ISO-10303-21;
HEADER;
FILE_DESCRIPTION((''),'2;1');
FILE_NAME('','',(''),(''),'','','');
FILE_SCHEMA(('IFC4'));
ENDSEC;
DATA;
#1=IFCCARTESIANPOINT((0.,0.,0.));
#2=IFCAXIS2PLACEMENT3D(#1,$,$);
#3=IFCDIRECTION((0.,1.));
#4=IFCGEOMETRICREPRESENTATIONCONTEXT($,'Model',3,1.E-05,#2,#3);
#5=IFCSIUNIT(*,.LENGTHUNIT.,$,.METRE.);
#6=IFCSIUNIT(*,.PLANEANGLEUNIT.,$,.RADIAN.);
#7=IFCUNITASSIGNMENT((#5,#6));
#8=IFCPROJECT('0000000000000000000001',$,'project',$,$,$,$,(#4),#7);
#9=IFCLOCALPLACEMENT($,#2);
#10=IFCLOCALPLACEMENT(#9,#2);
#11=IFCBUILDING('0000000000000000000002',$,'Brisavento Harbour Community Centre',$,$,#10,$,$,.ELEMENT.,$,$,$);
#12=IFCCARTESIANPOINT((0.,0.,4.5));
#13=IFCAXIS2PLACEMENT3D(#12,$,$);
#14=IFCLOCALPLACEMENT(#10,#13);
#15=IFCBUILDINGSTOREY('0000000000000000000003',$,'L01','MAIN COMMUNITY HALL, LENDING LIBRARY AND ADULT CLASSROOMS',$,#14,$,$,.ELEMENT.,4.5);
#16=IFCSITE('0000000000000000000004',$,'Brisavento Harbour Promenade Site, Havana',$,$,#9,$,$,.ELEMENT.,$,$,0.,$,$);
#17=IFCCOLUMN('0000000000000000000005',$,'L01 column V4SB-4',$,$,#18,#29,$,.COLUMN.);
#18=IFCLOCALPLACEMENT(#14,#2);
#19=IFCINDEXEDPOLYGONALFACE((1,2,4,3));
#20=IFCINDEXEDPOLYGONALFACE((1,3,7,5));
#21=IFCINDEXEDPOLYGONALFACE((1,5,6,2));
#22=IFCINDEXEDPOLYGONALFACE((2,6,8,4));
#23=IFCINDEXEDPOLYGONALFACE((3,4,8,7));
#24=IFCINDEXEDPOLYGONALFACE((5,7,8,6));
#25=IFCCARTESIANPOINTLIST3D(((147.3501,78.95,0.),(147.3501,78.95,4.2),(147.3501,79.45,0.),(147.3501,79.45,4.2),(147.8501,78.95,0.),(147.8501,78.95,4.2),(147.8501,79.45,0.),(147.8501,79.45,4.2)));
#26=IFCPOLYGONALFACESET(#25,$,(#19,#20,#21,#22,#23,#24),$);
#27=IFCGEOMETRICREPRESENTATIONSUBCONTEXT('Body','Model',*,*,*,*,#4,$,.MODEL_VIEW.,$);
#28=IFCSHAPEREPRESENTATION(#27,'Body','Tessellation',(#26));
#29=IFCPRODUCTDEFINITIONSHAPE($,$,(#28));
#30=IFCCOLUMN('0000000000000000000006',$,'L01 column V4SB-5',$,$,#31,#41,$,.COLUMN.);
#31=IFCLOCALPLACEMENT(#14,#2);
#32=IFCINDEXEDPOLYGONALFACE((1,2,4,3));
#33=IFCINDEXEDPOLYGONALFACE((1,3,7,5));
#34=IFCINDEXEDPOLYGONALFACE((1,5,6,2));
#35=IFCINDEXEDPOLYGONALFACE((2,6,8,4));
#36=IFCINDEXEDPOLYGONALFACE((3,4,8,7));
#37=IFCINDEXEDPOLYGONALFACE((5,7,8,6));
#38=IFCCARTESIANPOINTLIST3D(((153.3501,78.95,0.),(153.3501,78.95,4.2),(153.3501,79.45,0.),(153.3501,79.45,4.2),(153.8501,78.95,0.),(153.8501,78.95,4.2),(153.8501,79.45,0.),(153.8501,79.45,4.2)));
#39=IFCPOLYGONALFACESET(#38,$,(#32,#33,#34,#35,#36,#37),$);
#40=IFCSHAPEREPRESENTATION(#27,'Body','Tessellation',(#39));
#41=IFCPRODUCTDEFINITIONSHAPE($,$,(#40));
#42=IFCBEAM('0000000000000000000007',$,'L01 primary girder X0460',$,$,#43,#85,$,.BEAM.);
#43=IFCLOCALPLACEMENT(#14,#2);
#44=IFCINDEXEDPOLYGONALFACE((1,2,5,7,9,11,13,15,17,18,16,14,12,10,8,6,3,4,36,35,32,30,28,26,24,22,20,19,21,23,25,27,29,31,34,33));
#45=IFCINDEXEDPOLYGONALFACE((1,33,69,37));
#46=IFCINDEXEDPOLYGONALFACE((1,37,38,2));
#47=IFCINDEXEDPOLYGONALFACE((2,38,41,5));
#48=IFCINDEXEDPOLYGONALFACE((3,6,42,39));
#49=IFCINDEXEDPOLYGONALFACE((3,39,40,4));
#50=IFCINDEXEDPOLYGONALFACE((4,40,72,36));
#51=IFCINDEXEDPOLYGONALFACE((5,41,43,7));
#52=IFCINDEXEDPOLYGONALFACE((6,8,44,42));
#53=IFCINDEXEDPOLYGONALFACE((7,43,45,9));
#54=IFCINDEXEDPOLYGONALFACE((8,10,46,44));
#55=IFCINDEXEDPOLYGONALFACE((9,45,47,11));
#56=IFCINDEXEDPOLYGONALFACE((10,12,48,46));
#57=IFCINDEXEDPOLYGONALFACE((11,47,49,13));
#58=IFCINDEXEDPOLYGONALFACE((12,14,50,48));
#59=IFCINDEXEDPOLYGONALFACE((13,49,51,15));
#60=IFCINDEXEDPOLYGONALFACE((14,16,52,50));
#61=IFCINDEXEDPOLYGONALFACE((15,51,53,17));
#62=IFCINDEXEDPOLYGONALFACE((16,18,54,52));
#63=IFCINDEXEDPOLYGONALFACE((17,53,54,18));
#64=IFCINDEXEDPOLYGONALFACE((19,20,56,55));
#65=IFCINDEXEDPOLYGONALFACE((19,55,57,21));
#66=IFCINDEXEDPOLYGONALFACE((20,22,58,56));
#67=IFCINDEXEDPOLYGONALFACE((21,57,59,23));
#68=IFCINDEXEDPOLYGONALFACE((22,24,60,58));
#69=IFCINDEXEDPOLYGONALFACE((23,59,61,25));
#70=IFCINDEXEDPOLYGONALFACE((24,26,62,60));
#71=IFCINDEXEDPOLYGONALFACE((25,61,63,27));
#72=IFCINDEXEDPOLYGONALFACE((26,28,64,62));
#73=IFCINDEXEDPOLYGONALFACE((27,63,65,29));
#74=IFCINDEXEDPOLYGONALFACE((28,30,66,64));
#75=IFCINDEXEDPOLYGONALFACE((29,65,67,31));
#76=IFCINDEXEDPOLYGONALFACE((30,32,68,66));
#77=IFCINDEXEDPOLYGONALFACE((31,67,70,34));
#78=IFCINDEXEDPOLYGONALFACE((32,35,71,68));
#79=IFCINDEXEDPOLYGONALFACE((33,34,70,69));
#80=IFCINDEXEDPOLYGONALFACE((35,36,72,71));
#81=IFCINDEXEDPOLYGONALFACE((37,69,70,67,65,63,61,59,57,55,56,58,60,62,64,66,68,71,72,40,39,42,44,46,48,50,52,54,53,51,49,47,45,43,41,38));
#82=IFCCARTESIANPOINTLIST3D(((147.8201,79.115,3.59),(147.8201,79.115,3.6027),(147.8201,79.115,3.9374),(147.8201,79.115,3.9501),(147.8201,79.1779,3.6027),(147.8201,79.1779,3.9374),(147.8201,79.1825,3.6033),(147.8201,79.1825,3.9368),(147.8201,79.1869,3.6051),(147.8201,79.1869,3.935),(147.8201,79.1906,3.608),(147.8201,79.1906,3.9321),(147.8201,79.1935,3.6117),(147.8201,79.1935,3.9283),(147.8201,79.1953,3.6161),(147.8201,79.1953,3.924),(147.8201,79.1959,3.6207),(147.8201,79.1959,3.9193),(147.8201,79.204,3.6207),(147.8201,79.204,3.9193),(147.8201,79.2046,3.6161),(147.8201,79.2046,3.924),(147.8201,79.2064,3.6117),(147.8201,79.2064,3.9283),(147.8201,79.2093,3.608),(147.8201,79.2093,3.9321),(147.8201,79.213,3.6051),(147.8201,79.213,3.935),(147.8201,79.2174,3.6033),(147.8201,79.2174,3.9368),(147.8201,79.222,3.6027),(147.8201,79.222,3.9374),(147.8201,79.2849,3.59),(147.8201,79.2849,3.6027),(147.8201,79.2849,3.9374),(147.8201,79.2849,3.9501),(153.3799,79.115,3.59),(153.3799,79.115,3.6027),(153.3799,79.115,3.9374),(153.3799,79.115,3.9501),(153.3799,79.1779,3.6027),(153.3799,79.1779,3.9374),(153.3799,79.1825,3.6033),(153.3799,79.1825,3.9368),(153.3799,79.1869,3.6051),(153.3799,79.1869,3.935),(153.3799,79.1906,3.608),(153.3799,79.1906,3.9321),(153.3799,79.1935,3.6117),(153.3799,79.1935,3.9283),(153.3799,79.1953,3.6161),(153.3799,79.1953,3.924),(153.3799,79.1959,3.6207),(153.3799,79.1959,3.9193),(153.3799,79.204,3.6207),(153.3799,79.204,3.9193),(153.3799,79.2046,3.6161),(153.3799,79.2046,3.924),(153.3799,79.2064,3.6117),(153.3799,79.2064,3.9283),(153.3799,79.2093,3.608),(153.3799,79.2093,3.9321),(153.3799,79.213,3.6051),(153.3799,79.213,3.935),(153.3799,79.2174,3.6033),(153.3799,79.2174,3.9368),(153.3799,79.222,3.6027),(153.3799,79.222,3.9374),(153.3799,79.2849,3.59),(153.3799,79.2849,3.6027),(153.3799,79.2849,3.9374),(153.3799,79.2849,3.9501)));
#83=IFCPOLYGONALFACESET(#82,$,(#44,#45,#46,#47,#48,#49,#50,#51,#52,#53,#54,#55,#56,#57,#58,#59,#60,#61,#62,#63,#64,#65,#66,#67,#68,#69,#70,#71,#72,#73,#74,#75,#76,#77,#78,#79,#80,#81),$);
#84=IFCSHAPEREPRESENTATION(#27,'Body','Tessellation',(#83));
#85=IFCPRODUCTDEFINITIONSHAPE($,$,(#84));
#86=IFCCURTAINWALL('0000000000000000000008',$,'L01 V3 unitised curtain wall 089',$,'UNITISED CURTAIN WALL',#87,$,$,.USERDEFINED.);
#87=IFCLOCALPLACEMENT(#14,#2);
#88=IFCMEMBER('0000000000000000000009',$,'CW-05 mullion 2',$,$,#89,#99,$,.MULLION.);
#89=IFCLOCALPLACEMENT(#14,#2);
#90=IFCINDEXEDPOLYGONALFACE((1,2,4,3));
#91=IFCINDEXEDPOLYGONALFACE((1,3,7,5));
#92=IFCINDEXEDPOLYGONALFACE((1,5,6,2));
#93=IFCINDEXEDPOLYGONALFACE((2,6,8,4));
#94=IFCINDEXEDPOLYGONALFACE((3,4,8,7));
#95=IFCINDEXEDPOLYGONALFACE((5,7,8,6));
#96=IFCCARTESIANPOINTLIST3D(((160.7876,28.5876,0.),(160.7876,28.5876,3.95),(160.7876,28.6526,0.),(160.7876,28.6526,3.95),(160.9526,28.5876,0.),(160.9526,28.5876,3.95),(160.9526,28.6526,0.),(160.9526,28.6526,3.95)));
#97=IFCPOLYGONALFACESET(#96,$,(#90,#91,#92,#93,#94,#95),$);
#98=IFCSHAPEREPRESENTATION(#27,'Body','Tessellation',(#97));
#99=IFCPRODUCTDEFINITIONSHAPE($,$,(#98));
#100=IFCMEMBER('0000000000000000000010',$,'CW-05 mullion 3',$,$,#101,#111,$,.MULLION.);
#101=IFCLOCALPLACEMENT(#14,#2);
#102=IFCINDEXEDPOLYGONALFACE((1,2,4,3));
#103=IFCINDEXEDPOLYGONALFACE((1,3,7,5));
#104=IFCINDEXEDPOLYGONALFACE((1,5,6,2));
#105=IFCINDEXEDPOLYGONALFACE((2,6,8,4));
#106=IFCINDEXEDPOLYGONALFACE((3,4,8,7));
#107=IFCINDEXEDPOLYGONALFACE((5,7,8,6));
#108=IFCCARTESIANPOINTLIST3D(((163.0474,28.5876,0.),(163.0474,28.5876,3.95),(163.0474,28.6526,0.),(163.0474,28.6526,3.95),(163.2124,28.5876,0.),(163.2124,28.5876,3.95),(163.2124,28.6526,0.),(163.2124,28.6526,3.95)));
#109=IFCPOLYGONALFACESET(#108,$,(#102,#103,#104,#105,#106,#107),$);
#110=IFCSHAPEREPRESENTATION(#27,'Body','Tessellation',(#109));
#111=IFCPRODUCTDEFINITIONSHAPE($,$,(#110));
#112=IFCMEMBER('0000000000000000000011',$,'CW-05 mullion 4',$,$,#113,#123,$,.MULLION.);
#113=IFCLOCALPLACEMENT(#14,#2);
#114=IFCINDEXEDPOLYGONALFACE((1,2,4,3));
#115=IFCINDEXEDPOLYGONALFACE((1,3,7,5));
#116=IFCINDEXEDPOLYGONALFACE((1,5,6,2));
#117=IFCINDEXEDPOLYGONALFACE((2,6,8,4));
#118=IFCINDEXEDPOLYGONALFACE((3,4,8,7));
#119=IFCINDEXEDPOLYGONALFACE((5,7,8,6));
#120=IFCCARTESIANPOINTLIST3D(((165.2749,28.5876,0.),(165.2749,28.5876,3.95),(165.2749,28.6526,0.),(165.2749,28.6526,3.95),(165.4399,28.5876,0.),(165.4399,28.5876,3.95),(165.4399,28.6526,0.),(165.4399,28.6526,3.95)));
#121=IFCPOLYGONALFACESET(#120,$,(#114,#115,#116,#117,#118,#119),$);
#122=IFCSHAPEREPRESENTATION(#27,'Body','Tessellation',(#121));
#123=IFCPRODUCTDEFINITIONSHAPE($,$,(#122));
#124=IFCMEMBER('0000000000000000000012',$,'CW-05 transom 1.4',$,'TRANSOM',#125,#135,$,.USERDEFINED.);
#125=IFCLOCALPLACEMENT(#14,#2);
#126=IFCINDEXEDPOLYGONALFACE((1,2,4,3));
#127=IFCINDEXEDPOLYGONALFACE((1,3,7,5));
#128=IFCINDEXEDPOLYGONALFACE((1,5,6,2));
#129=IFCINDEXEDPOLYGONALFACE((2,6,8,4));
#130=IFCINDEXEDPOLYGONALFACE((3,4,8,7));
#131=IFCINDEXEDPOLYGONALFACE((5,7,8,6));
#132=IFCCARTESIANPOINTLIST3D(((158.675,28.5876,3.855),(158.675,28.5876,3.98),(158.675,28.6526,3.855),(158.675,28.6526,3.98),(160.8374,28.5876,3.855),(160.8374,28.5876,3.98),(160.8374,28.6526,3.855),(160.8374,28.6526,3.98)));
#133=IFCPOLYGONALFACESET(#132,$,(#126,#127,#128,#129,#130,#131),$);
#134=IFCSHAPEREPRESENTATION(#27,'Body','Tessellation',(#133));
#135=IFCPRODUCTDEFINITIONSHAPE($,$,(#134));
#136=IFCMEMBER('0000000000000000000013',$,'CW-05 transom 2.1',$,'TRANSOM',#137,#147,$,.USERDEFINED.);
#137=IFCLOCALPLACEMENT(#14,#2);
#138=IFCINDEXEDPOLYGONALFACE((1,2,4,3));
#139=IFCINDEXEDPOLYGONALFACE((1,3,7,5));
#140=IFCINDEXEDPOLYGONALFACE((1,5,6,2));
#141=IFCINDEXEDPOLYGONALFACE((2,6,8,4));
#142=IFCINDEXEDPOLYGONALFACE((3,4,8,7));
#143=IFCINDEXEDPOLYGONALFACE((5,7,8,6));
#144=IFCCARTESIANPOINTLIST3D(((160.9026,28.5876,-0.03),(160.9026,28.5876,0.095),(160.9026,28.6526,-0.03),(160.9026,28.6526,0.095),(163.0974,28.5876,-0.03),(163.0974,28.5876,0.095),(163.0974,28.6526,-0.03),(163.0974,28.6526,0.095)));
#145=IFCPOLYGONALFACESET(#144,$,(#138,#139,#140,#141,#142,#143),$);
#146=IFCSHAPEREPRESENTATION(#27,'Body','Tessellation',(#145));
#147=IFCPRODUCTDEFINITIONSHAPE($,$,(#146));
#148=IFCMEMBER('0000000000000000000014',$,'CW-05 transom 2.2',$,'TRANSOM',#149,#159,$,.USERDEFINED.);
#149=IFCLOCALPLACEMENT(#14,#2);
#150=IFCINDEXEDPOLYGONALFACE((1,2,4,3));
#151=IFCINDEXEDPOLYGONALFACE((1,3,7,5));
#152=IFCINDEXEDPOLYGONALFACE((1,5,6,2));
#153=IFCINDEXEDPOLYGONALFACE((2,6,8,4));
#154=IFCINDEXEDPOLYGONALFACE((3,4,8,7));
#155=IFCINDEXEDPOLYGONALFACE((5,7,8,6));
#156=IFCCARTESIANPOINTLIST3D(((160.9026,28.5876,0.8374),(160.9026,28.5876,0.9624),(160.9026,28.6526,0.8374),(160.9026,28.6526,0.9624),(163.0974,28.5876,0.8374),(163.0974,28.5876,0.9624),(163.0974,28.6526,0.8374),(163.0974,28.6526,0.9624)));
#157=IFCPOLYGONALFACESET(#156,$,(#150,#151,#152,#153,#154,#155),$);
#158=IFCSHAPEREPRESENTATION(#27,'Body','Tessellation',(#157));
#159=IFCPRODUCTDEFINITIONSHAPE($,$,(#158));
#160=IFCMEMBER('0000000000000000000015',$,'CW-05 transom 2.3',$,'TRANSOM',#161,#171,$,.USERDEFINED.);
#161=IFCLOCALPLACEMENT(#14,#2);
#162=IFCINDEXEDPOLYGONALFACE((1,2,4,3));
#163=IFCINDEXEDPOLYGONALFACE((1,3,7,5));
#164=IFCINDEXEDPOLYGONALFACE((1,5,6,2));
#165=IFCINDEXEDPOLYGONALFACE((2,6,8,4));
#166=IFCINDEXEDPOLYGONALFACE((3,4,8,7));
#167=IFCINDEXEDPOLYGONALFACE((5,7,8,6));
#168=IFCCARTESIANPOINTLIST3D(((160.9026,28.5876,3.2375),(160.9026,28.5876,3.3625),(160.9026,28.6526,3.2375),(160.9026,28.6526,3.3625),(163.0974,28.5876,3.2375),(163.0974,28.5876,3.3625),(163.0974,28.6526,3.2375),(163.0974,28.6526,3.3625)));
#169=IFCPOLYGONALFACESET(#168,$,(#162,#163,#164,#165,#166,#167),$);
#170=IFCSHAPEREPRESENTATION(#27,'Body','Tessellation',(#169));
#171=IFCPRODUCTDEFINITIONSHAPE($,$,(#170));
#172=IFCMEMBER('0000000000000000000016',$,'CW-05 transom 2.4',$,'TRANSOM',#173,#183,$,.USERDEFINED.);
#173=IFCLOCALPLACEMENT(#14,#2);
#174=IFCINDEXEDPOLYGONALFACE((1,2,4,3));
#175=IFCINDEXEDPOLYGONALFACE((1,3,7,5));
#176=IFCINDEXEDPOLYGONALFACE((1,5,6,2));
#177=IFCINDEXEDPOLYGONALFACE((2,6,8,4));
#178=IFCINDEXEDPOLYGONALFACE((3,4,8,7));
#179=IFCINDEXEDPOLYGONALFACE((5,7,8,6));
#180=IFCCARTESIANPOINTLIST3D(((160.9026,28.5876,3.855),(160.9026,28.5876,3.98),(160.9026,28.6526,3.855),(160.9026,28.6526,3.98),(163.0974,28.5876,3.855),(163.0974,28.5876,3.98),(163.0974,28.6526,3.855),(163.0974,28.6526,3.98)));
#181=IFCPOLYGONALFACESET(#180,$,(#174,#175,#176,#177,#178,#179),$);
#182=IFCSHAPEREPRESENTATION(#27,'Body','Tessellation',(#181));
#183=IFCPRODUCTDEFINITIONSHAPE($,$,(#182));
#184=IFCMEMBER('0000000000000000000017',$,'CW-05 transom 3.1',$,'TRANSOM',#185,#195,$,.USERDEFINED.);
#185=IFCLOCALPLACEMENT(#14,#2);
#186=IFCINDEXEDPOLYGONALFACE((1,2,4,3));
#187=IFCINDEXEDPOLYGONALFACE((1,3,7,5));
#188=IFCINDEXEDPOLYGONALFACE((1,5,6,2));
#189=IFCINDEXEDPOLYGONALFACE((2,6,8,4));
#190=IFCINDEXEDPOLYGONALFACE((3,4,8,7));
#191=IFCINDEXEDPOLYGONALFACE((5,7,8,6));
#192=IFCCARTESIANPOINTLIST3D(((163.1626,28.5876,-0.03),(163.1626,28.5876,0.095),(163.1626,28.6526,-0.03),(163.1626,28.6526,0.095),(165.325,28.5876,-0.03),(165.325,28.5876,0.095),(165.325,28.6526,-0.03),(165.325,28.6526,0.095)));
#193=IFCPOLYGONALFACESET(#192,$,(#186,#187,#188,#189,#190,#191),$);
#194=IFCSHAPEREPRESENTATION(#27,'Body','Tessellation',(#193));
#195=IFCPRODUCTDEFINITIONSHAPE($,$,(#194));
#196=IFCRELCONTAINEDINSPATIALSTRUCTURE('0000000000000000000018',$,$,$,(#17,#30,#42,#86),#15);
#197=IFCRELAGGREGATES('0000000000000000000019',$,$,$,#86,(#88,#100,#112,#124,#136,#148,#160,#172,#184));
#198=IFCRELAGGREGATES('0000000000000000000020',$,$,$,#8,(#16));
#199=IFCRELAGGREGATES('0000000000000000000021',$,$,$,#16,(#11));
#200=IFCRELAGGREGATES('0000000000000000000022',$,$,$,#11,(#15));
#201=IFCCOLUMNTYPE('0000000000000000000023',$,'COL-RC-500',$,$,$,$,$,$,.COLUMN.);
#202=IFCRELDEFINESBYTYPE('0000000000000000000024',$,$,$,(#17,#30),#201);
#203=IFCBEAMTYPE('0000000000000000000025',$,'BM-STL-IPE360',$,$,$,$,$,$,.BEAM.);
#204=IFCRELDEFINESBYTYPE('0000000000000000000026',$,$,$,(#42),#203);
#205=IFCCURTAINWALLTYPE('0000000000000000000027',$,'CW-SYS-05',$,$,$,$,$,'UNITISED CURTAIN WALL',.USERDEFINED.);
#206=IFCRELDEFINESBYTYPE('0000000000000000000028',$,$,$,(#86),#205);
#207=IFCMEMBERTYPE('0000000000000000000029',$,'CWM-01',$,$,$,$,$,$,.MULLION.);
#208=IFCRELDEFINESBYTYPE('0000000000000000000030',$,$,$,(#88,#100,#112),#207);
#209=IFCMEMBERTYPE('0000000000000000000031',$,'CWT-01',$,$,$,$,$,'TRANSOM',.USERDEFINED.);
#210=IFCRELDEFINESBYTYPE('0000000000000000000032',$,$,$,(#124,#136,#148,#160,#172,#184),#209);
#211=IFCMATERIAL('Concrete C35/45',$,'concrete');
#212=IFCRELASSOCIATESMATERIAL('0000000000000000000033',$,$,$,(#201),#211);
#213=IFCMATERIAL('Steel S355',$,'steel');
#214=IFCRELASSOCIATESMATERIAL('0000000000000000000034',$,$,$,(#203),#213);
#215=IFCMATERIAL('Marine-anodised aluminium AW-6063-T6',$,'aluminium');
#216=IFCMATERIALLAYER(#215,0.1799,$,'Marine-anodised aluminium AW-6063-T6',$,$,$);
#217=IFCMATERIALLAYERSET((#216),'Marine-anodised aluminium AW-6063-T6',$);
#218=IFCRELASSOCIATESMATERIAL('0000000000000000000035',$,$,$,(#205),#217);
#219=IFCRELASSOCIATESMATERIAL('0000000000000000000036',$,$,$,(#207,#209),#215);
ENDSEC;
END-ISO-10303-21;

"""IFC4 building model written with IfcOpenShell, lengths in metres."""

from ifc_helpers import new_model, si_unit, direction, frame, origin, origin_2d, place, context, subcontext, project, spatial, rectangle, i_section, extrude, material, layer, layer_set, material_profile, profile_set, type_object, element, aggregate, save


model = new_model("IFC4")

# Units and contexts
model_context = context("Model", 3, precision=1e-05, world=origin(), true_north=direction((0.0, 1.0)))
body_context = subcontext(model_context, "Body", "Model", "MODEL_VIEW")
ifc_project = project(units=[si_unit("LENGTHUNIT", "METRE"), si_unit("PLANEANGLEUNIT", "RADIAN")], contexts=[model_context])

# Site, building, storey
site_placement = place(None, origin())
site = spatial("IfcSite", under=ifc_project, at=site_placement, Name="Brisavento Harbour Promenade Site, Havana", CompositionType="ELEMENT", RefElevation=0.0)
building_placement = place(site_placement, origin())
building = spatial("IfcBuilding", under=site, at=building_placement, Name="Brisavento Harbour Community Centre", CompositionType="ELEMENT")
storey_placement = place(building_placement, frame((0.0, 0.0, 4.5)))
storey = spatial("IfcBuildingStorey", under=building, at=storey_placement, Name="L01", Description="MAIN COMMUNITY HALL, LENDING LIBRARY AND ADULT CLASSROOMS", CompositionType="ELEMENT", Elevation=4.5)

# Columns
ifc_material_1 = material(Name="Concrete C35/45", Category="concrete")
ifc_material_profile_1 = material_profile(ifc_material_1, rectangle(XDim=0.5, YDim=0.5, at=origin_2d()), Name="Concrete C35/45")
ifc_profile_set_1 = profile_set([ifc_material_profile_1], Name="Concrete C35/45")
column_type = type_object("IfcColumnType", Name="COL-RC-500", PredefinedType="COLUMN", material=ifc_profile_set_1)
for number, where, z_axis, x_axis, name in (
    (1, (147.6001, 79.2, 0.0), (0.0, 0.0, 1.0), (1.0, 0.0, 0.0), "L01 column V4SB-4"),
    (2, (153.6001, 79.2, 0.0), (0.0, 0.0, 1.0), (1.0, 0.0, 0.0), "L01 column V4SB-5"),
):
    element("IfcColumn", number, at=place(storey_placement, frame(where, z_axis=z_axis, x_axis=x_axis)), inside=storey, type_object=column_type, Name=name, PredefinedType="COLUMN", context=body_context, shape_type="SweptSolid", body=[
        extrude(rectangle(XDim=0.5, YDim=0.5, at=origin_2d()), origin(), (0.0, 0.0, 1.0), 4.2),
    ])

# Beam
ifc_material_2 = material(Name="Steel S355", Category="steel")
ifc_material_profile_2 = material_profile(ifc_material_2, i_section(OverallWidth=0.1699, OverallDepth=0.3601, WebThickness=0.0081, FlangeThickness=0.0127, FilletRadius=0.0181, at=origin_2d()), Name="Steel S355")
ifc_profile_set_2 = profile_set([ifc_material_profile_2], Name="Steel S355")
beam_type = type_object("IfcBeamType", Name="BM-STL-IPE360", PredefinedType="BEAM", material=ifc_profile_set_2)
beam_placement = place(storey_placement, frame((147.8201, 79.2, 3.77), z_axis=(1.0, 0.0, 0.0), x_axis=(0.0, 1.0, 0.0)))
element("IfcBeam", 3, at=beam_placement, inside=storey, type_object=beam_type, Name="L01 primary girder X0460", PredefinedType="BEAM", context=body_context, shape_type="SweptSolid", body=[
    extrude(i_section(OverallWidth=0.1699, OverallDepth=0.3601, WebThickness=0.0081, FlangeThickness=0.0127, FilletRadius=0.0181, at=origin_2d()), origin(), (0.0, 0.0, 1.0), 5.5598),
])

# Curtain wall, members
ifc_material_3 = material(Name="Marine-anodised aluminium AW-6063-T6", Category="aluminium")
ifc_layer_1 = layer(ifc_material_3, 0.1799, Name="Marine-anodised aluminium AW-6063-T6")
ifc_layer_set_1 = layer_set([ifc_layer_1], Name="Marine-anodised aluminium AW-6063-T6")
curtain_wall_type = type_object("IfcCurtainWallType", Name="CW-SYS-05", ElementType="UNITISED CURTAIN WALL", PredefinedType="USERDEFINED", material=ifc_layer_set_1)
curtain_wall_placement = place(storey_placement, origin())
curtain_wall = element("IfcCurtainWall", 4, at=curtain_wall_placement, inside=storey, type_object=curtain_wall_type, Name="L01 V3 unitised curtain wall 089", ObjectType="UNITISED CURTAIN WALL", PredefinedType="USERDEFINED")
ifc_material_profile_3 = material_profile(ifc_material_3, rectangle(XDim=0.0649, YDim=0.165, at=origin_2d()), Name="Marine-anodised aluminium AW-6063-T6")
ifc_profile_set_3 = profile_set([ifc_material_profile_3], Name="Marine-anodised aluminium AW-6063-T6")
member_type_1 = type_object("IfcMemberType", Name="CWM-01", PredefinedType="MULLION", material=ifc_profile_set_3)
member_1_placement = place(storey_placement, frame((160.8701, 28.6201, 0.0), z_axis=(0.0, 0.0, 1.0), x_axis=(0.0, 1.0, 0.0)))
member_1 = element("IfcMember", 5, at=member_1_placement, type_object=member_type_1, Name="CW-05 mullion 2", PredefinedType="MULLION", context=body_context, shape_type="SweptSolid", body=[
    extrude(rectangle(XDim=0.0649, YDim=0.165, at=origin_2d()), origin(), (0.0, 0.0, 1.0), 3.95),
])
member_2_placement = place(storey_placement, frame((163.1299, 28.6201, 0.0), z_axis=(0.0, 0.0, 1.0), x_axis=(0.0, 1.0, 0.0)))
member_2 = element("IfcMember", 6, at=member_2_placement, type_object=member_type_1, Name="CW-05 mullion 3", PredefinedType="MULLION", context=body_context, shape_type="SweptSolid", body=[
    extrude(rectangle(XDim=0.0649, YDim=0.165, at=origin_2d()), origin(), (0.0, 0.0, 1.0), 3.95),
])
member_3_placement = place(storey_placement, frame((165.3574, 28.6201, 0.0), z_axis=(0.0, 0.0, 1.0), x_axis=(0.0, 1.0, 0.0)))
member_3 = element("IfcMember", 7, at=member_3_placement, type_object=member_type_1, Name="CW-05 mullion 4", PredefinedType="MULLION", context=body_context, shape_type="SweptSolid", body=[
    extrude(rectangle(XDim=0.0649, YDim=0.165, at=origin_2d()), origin(), (0.0, 0.0, 1.0), 3.95),
])
ifc_material_profile_4 = material_profile(ifc_material_3, rectangle(XDim=0.0649, YDim=0.125, at=origin_2d()), Name="Marine-anodised aluminium AW-6063-T6")
ifc_profile_set_4 = profile_set([ifc_material_profile_4], Name="Marine-anodised aluminium AW-6063-T6")
member_type_2 = type_object("IfcMemberType", Name="CWT-01", ElementType="TRANSOM", PredefinedType="USERDEFINED", material=ifc_profile_set_4)
member_4_placement = place(storey_placement, frame((158.675, 28.6201, 3.9175), z_axis=(1.0, 0.0, 0.0), x_axis=(0.0, 1.0, 0.0)))
member_4 = element("IfcMember", 8, at=member_4_placement, type_object=member_type_2, Name="CW-05 transom 1.4", ObjectType="TRANSOM", PredefinedType="USERDEFINED", context=body_context, shape_type="SweptSolid", body=[
    extrude(rectangle(XDim=0.0649, YDim=0.125, at=origin_2d()), origin(), (0.0, 0.0, 1.0), 2.1624),
])
member_5_placement = place(storey_placement, frame((160.9026, 28.6201, 0.0325), z_axis=(1.0, 0.0, 0.0), x_axis=(0.0, 1.0, 0.0)))
member_5 = element("IfcMember", 9, at=member_5_placement, type_object=member_type_2, Name="CW-05 transom 2.1", ObjectType="TRANSOM", PredefinedType="USERDEFINED", context=body_context, shape_type="SweptSolid", body=[
    extrude(rectangle(XDim=0.0649, YDim=0.125, at=origin_2d()), origin(), (0.0, 0.0, 1.0), 2.1948),
])
member_6_placement = place(storey_placement, frame((160.9026, 28.6201, 0.8999), z_axis=(1.0, 0.0, 0.0), x_axis=(0.0, 1.0, 0.0)))
member_6 = element("IfcMember", 10, at=member_6_placement, type_object=member_type_2, Name="CW-05 transom 2.2", ObjectType="TRANSOM", PredefinedType="USERDEFINED", context=body_context, shape_type="SweptSolid", body=[
    extrude(rectangle(XDim=0.0649, YDim=0.125, at=origin_2d()), origin(), (0.0, 0.0, 1.0), 2.1948),
])
member_7_placement = place(storey_placement, frame((160.9026, 28.6201, 3.3), z_axis=(1.0, 0.0, 0.0), x_axis=(0.0, 1.0, 0.0)))
member_7 = element("IfcMember", 11, at=member_7_placement, type_object=member_type_2, Name="CW-05 transom 2.3", ObjectType="TRANSOM", PredefinedType="USERDEFINED", context=body_context, shape_type="SweptSolid", body=[
    extrude(rectangle(XDim=0.0649, YDim=0.125, at=origin_2d()), origin(), (0.0, 0.0, 1.0), 2.1948),
])
member_8_placement = place(storey_placement, frame((160.9026, 28.6201, 3.9175), z_axis=(1.0, 0.0, 0.0), x_axis=(0.0, 1.0, 0.0)))
member_8 = element("IfcMember", 12, at=member_8_placement, type_object=member_type_2, Name="CW-05 transom 2.4", ObjectType="TRANSOM", PredefinedType="USERDEFINED", context=body_context, shape_type="SweptSolid", body=[
    extrude(rectangle(XDim=0.0649, YDim=0.125, at=origin_2d()), origin(), (0.0, 0.0, 1.0), 2.1948),
])
member_9_placement = place(storey_placement, frame((163.1626, 28.6201, 0.0325), z_axis=(1.0, 0.0, 0.0), x_axis=(0.0, 1.0, 0.0)))
member_9 = element("IfcMember", 13, at=member_9_placement, type_object=member_type_2, Name="CW-05 transom 3.1", ObjectType="TRANSOM", PredefinedType="USERDEFINED", context=body_context, shape_type="SweptSolid", body=[
    extrude(rectangle(XDim=0.0649, YDim=0.125, at=origin_2d()), origin(), (0.0, 0.0, 1.0), 2.1624),
])
aggregate(curtain_wall, [member_1, member_2, member_3, member_4, member_5, member_6, member_7, member_8, member_9])

save(model, "model.ifc")
